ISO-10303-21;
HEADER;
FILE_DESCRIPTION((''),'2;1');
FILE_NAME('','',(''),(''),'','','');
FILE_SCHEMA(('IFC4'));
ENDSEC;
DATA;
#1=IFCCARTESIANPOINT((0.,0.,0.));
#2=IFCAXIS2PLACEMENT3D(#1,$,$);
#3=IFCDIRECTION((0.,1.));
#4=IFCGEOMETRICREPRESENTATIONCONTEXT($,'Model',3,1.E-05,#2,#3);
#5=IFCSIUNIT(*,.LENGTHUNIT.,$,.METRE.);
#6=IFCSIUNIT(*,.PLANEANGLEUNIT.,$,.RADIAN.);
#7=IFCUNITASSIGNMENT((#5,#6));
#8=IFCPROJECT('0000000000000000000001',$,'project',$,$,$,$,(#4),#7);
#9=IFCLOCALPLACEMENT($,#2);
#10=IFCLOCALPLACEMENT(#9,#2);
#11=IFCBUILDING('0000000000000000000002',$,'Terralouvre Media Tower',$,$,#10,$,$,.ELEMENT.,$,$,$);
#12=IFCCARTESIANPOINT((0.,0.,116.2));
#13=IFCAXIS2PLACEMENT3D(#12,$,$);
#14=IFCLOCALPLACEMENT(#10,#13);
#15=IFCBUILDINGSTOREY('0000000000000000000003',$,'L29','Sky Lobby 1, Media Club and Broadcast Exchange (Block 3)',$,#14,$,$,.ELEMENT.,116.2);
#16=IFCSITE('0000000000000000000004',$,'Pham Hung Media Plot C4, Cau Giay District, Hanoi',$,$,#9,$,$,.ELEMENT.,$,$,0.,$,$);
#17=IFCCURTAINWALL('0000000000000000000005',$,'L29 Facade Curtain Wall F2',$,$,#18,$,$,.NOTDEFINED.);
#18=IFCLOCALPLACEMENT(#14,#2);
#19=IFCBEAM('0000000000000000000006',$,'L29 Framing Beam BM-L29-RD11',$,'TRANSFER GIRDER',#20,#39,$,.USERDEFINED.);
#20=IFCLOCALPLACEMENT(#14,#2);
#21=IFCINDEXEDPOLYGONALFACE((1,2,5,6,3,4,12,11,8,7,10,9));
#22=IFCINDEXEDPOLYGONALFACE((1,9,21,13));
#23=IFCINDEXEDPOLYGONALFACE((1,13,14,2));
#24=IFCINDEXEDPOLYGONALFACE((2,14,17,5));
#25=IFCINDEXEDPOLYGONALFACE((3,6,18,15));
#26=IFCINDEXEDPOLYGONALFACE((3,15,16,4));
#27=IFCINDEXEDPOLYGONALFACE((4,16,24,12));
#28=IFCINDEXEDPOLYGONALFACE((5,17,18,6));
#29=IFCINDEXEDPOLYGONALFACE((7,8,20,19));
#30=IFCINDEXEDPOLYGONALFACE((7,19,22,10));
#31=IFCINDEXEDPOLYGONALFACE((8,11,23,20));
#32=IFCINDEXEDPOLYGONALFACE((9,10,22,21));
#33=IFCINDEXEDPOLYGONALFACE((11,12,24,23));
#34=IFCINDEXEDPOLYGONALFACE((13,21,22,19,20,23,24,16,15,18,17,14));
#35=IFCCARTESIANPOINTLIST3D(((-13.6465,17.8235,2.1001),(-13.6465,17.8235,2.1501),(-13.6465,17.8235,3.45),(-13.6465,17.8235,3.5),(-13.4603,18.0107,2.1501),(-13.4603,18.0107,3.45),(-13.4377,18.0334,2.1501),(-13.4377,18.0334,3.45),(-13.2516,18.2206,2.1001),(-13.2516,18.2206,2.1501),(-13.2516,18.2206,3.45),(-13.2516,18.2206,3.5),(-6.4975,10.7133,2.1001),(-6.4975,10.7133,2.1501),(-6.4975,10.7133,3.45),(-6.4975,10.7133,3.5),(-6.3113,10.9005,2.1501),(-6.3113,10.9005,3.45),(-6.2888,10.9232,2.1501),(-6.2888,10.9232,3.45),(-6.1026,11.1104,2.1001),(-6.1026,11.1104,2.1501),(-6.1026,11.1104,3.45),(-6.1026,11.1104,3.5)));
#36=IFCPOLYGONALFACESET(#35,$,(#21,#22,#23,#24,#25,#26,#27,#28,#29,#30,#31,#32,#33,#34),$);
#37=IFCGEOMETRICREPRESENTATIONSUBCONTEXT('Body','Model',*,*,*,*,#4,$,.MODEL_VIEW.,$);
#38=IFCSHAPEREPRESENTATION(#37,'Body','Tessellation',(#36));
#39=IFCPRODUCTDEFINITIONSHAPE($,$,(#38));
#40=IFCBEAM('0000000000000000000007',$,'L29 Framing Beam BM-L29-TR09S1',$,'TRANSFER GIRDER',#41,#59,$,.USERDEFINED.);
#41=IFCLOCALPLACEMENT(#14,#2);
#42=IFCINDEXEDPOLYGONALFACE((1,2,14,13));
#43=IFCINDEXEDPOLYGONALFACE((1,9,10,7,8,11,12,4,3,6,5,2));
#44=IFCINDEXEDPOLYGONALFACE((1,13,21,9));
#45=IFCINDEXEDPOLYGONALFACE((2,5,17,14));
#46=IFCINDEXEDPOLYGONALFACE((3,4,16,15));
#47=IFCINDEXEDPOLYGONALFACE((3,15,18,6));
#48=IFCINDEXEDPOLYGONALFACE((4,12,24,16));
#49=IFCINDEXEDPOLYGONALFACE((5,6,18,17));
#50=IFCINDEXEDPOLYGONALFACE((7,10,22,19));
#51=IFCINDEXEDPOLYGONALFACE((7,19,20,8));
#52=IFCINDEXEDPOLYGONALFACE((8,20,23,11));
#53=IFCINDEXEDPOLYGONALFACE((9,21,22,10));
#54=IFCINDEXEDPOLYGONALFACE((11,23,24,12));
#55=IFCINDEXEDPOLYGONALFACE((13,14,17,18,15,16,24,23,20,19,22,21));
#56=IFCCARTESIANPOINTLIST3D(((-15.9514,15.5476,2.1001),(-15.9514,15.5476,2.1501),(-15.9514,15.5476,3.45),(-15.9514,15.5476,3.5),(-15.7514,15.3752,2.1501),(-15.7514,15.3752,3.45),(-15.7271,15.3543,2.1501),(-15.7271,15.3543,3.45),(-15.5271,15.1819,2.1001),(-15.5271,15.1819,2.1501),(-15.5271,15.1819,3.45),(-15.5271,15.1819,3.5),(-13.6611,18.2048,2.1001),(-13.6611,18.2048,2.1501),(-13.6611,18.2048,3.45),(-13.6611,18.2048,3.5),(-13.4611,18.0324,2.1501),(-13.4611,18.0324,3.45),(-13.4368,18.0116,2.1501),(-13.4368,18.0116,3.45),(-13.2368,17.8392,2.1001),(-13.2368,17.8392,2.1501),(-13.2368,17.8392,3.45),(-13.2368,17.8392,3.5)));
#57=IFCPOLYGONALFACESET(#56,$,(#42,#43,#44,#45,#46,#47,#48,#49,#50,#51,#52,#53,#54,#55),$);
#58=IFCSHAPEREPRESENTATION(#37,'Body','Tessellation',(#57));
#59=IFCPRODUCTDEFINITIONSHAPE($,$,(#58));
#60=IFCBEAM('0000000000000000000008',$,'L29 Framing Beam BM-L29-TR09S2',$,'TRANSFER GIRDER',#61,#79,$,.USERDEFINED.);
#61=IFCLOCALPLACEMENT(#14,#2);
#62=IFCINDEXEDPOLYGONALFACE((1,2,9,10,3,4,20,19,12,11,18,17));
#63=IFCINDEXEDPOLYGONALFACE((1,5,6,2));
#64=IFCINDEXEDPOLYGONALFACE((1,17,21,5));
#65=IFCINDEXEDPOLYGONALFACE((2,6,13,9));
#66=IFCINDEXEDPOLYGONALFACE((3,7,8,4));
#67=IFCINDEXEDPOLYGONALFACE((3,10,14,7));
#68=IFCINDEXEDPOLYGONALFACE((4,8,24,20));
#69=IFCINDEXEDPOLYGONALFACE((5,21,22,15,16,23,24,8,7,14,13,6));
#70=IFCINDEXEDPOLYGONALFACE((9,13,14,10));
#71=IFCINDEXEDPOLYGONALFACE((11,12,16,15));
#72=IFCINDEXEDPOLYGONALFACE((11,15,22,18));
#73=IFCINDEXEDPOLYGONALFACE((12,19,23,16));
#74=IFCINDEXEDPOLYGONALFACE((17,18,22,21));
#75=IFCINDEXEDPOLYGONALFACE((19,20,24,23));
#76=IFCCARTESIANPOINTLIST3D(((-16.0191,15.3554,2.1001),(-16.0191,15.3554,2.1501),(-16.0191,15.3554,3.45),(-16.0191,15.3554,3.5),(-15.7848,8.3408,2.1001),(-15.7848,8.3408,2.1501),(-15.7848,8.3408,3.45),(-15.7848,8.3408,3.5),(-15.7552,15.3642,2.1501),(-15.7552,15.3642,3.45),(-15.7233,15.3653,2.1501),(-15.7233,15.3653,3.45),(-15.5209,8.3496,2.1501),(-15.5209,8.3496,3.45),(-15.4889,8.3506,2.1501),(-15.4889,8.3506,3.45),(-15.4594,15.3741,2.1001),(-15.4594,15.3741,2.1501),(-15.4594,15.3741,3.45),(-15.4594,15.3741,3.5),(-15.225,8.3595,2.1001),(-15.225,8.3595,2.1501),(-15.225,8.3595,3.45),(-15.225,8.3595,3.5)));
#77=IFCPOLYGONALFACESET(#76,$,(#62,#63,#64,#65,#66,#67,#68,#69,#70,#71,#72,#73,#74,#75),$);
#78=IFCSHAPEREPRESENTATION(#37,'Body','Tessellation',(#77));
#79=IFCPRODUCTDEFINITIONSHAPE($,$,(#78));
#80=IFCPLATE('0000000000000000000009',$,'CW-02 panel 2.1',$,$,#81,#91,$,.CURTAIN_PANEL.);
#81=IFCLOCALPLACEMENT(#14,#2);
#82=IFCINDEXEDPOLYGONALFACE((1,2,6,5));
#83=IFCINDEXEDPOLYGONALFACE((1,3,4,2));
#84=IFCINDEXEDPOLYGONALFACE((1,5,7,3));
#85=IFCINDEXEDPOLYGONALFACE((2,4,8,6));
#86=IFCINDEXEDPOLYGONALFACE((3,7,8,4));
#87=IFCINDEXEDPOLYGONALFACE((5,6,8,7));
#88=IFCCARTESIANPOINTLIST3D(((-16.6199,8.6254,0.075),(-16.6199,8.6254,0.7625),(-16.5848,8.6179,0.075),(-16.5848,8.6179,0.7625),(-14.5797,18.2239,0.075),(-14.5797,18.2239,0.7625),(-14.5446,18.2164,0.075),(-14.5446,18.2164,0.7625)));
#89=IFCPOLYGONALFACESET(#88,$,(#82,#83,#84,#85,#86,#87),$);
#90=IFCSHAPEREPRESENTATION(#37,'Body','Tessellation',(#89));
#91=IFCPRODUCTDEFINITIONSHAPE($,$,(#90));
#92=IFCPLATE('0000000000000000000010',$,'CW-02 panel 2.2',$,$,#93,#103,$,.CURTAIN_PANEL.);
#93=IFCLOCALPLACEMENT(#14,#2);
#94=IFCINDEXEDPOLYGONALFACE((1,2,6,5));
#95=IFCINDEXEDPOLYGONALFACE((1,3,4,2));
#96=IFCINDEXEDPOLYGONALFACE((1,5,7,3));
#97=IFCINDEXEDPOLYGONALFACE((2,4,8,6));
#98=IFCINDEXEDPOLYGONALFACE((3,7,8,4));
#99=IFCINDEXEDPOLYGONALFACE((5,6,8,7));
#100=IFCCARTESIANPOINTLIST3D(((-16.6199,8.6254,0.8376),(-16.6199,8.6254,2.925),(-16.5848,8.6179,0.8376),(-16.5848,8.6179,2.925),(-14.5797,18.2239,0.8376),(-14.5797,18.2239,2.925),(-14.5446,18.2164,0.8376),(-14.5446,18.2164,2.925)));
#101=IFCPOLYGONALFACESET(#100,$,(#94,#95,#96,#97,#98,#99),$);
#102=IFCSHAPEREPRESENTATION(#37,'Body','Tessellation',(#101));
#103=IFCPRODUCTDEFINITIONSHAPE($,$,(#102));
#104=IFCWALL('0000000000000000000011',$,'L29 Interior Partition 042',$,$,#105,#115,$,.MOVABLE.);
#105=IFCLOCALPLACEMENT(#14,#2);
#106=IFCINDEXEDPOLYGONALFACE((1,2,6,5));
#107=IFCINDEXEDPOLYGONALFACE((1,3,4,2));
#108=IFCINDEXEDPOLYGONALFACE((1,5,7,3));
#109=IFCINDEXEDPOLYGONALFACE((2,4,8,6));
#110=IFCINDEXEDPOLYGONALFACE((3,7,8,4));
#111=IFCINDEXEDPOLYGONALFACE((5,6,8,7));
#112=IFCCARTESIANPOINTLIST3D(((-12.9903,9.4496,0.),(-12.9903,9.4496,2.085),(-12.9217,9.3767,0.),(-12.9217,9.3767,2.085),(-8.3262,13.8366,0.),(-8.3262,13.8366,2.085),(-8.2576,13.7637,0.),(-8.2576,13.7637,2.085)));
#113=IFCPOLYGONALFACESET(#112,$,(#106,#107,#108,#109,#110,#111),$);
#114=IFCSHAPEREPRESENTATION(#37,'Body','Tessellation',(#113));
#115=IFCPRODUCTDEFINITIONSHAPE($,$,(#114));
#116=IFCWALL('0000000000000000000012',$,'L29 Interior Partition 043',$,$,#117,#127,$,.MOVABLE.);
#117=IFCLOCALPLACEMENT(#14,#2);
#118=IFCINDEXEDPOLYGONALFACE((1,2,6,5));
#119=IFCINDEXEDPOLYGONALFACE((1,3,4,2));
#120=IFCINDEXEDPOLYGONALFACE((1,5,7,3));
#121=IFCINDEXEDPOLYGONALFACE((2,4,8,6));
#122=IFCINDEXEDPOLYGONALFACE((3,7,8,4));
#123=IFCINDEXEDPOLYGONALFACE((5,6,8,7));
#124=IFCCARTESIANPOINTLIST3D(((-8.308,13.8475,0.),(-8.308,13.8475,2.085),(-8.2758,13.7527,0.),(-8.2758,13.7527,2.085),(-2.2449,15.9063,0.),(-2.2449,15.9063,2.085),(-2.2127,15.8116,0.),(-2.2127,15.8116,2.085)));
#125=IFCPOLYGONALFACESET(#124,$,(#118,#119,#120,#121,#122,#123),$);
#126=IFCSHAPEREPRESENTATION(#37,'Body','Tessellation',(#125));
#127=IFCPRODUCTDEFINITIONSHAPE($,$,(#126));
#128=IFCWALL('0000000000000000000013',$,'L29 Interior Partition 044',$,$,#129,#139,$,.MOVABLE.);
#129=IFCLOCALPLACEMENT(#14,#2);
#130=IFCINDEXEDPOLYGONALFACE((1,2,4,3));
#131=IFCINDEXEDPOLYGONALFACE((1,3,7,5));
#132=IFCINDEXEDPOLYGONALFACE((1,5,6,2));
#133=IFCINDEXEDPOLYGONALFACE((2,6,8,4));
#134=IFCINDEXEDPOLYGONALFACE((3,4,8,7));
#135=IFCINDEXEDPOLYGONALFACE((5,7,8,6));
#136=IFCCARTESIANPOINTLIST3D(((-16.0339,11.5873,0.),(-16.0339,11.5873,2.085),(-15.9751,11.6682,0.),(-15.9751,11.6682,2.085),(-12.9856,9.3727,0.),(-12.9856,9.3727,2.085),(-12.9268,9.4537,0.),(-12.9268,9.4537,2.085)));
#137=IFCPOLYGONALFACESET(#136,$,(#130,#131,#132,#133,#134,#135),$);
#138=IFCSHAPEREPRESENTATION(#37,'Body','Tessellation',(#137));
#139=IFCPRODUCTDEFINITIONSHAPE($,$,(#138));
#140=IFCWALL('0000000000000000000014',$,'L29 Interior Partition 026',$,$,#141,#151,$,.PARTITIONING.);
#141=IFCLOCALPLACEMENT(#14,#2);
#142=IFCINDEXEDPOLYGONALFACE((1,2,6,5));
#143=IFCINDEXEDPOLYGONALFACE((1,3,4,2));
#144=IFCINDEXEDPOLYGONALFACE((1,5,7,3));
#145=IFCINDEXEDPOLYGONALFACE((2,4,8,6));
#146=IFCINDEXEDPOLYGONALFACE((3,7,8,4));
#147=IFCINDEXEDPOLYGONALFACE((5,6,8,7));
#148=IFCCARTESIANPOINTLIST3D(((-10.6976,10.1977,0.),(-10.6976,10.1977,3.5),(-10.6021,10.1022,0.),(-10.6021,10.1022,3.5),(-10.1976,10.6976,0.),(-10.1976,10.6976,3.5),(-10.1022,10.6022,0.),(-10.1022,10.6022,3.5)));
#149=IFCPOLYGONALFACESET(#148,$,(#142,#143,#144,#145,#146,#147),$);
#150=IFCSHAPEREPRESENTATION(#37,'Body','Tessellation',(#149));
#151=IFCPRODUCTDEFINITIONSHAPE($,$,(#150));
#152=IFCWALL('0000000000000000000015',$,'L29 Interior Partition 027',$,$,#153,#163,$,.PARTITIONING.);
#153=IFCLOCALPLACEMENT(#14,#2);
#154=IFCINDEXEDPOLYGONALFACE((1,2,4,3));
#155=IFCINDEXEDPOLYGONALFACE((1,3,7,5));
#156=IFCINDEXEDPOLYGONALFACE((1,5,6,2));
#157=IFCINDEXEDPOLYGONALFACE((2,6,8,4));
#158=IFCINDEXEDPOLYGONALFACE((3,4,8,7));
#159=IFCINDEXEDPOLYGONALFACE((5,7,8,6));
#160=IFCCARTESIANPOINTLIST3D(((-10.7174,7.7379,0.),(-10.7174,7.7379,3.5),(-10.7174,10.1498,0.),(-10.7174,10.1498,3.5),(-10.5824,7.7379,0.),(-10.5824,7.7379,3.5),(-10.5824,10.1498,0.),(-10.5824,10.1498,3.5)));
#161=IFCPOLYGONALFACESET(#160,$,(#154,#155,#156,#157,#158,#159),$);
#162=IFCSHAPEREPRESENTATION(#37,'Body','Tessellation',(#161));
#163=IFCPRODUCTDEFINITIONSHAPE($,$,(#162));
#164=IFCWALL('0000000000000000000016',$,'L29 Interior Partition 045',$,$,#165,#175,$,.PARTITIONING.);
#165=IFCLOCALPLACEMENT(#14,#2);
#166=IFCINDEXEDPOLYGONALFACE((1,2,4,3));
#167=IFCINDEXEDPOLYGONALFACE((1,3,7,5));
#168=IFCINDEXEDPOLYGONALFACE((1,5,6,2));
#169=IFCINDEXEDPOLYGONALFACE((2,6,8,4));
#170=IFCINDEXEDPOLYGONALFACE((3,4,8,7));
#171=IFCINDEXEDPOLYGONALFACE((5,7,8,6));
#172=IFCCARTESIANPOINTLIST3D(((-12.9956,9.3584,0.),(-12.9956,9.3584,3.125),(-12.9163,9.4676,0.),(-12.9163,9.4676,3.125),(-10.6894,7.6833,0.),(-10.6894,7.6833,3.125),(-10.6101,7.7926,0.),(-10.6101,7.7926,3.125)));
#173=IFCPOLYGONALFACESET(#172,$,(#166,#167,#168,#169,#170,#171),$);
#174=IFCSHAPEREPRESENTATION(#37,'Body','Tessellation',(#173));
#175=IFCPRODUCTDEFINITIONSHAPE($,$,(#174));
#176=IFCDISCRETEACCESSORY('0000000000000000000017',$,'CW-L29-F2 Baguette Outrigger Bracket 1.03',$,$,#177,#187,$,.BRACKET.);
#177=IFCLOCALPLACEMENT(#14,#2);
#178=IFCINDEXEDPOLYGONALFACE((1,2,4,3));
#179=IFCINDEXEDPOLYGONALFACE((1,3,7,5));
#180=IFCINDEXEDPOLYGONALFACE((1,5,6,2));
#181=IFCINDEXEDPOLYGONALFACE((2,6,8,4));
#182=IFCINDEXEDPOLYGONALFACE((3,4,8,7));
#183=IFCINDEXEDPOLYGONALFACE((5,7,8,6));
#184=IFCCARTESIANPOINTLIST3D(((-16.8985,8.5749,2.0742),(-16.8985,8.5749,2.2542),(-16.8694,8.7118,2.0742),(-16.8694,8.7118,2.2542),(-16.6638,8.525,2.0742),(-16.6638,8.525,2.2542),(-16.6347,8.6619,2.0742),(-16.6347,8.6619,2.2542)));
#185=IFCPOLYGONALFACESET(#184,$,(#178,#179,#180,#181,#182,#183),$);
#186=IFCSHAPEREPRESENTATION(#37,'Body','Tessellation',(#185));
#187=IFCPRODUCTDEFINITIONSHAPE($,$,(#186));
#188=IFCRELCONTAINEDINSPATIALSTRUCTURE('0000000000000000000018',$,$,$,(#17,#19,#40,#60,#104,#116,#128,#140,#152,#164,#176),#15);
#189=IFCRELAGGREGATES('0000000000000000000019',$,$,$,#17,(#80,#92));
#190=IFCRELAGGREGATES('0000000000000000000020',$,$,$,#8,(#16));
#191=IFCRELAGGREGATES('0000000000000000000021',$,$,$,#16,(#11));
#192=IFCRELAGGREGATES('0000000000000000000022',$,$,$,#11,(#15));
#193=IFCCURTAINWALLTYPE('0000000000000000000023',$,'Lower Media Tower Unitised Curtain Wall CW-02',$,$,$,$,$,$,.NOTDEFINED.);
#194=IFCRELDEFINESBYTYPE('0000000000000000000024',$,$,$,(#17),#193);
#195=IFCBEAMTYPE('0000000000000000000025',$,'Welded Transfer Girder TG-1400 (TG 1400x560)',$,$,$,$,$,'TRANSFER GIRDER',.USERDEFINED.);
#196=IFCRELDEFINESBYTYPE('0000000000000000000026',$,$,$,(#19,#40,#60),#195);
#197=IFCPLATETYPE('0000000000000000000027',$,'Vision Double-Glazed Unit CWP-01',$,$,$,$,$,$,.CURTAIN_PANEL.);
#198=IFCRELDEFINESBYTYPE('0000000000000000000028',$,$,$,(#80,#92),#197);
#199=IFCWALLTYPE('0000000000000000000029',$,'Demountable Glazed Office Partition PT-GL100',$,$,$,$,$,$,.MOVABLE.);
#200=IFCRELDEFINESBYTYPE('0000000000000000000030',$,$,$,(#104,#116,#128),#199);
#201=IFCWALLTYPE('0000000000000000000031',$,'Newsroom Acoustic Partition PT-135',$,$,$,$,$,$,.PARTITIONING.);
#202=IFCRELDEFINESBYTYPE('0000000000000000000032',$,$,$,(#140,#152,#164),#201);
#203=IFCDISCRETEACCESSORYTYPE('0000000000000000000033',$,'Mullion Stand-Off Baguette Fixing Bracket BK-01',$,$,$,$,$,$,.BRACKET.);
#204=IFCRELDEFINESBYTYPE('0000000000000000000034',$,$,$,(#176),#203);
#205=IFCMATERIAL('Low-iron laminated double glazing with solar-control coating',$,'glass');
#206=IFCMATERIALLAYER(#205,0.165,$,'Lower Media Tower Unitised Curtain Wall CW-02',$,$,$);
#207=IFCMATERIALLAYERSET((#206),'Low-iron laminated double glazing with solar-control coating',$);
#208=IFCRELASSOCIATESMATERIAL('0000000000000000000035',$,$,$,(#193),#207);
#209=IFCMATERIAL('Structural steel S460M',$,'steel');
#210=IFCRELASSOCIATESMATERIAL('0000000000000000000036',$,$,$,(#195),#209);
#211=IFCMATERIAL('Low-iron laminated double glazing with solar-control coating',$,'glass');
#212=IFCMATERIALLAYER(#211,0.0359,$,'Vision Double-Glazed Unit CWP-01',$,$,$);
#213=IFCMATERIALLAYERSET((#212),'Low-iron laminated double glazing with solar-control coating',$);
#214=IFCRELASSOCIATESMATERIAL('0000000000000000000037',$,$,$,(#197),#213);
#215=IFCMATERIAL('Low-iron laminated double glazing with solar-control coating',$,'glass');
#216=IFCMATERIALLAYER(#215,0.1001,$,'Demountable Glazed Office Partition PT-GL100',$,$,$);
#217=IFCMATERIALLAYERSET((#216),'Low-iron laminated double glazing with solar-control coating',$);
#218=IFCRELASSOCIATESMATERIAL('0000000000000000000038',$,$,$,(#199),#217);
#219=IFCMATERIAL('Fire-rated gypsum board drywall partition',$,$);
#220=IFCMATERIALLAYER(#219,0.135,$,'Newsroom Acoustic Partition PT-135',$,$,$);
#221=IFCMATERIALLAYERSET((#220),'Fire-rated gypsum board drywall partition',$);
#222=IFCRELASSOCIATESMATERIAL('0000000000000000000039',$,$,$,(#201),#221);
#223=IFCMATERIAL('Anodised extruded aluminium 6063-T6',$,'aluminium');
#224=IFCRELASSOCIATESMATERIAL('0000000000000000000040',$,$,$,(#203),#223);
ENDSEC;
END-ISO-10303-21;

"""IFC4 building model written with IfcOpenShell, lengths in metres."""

from ifc_helpers import new_model, si_unit, direction, frame, frame_2d, origin, origin_2d, place, context, subcontext, project, spatial, rectangle, i_section, extrude, material, layer, layer_set, material_profile, profile_set, type_object, element, aggregate, save


model = new_model("IFC4")

# Units and contexts
model_context = context("Model", 3, precision=1e-05, world=origin(), true_north=direction((0.0, 1.0)))
body_context = subcontext(model_context, "Body", "Model", "MODEL_VIEW")
ifc_project = project(units=[si_unit("LENGTHUNIT", "METRE"), si_unit("PLANEANGLEUNIT", "RADIAN")], contexts=[model_context])

# Site, building, storey
site_placement = place(None, origin())
site = spatial("IfcSite", under=ifc_project, at=site_placement, Name="Pham Hung Media Plot C4, Cau Giay District, Hanoi", CompositionType="ELEMENT", RefElevation=0.0)
building_placement = place(site_placement, origin())
building = spatial("IfcBuilding", under=site, at=building_placement, Name="Terralouvre Media Tower", CompositionType="ELEMENT")
storey_placement = place(building_placement, frame((0.0, 0.0, 116.2)))
storey = spatial("IfcBuildingStorey", under=building, at=storey_placement, Name="L29", Description="Sky Lobby 1, Media Club and Broadcast Exchange (Block 3)", CompositionType="ELEMENT", Elevation=116.2)

# Curtain wall
ifc_material_1 = material(Name="Low-iron laminated double glazing with solar-control coating", Category="glass")
ifc_layer_1 = layer(ifc_material_1, 0.165, Name="Lower Media Tower Unitised Curtain Wall CW-02")
ifc_layer_set_1 = layer_set([ifc_layer_1], Name="Low-iron laminated double glazing with solar-control coating")
curtain_wall_type = type_object("IfcCurtainWallType", Name="Lower Media Tower Unitised Curtain Wall CW-02", PredefinedType="NOTDEFINED", material=ifc_layer_set_1)
curtain_wall_placement = place(storey_placement, origin())
curtain_wall = element("IfcCurtainWall", 1, at=curtain_wall_placement, inside=storey, type_object=curtain_wall_type, Name="L29 Facade Curtain Wall F2", PredefinedType="NOTDEFINED")

# Beams
ifc_material_2 = material(Name="Structural steel S460M", Category="steel")
ifc_material_profile_1 = material_profile(ifc_material_2, i_section(OverallWidth=0.5601, OverallDepth=1.3999, WebThickness=0.032, FlangeThickness=0.05, at=origin_2d()), Name="TG 1400x560")
ifc_profile_set_1 = profile_set([ifc_material_profile_1], Name="Structural steel S460M")
beam_type_1 = type_object("IfcBeamType", Name="Welded Transfer Girder TG-1400 (TG 1400x560)", ElementType="TRANSFER GIRDER", PredefinedType="USERDEFINED", material=ifc_profile_set_1)
beam_1_placement = place(storey_placement, frame((-6.3, 10.9119, 2.8), z_axis=(-0.709029, 0.705179, 0.0), x_axis=(-0.705179, -0.709029, 0.0)))
element("IfcBeam", 2, at=beam_1_placement, inside=storey, type_object=beam_type_1, Name="L29 Framing Beam BM-L29-RD11", ObjectType="TRANSFER GIRDER", PredefinedType="USERDEFINED", context=body_context, shape_type="SweptSolid", body=[
    extrude(i_section(OverallWidth=0.5601, OverallDepth=1.3999, WebThickness=0.032, FlangeThickness=0.05, at=origin_2d()), origin(), (0.0, 0.0, 1.0), 10.0828),
])
beam_2_placement = place(storey_placement, frame((-15.7393, 15.3647, 2.8), z_axis=(0.652869, 0.75747, 0.0), x_axis=(-0.75747, 0.652869, 0.0)))
element("IfcBeam", 3, at=beam_2_placement, inside=storey, type_object=beam_type_1, Name="L29 Framing Beam BM-L29-TR09S1", ObjectType="TRANSFER GIRDER", PredefinedType="USERDEFINED", context=body_context, shape_type="SweptSolid", body=[
    extrude(i_section(OverallWidth=0.5601, OverallDepth=1.3999, WebThickness=0.032, FlangeThickness=0.05, at=origin_2d()), origin(), (0.0, 0.0, 1.0), 3.5081),
])
beam_3_placement = place(storey_placement, frame((-15.7393, 15.3647, 2.8), z_axis=(0.033394, -0.999442, 0.0), x_axis=(0.999442, 0.033394, 0.0)))
element("IfcBeam", 4, at=beam_3_placement, inside=storey, type_object=beam_type_1, Name="L29 Framing Beam BM-L29-TR09S2", ObjectType="TRANSFER GIRDER", PredefinedType="USERDEFINED", context=body_context, shape_type="SweptSolid", body=[
    extrude(i_section(OverallWidth=0.5601, OverallDepth=1.3999, WebThickness=0.032, FlangeThickness=0.05, at=origin_2d()), origin(), (0.0, 0.0, 1.0), 7.0186),
])

# Plates
ifc_material_3 = material(Name="Low-iron laminated double glazing with solar-control coating", Category="glass")
ifc_layer_2 = layer(ifc_material_3, 0.0359, Name="Vision Double-Glazed Unit CWP-01")
ifc_layer_set_2 = layer_set([ifc_layer_2], Name="Low-iron laminated double glazing with solar-control coating")
plate_type = type_object("IfcPlateType", Name="Vision Double-Glazed Unit CWP-01", PredefinedType="CURTAIN_PANEL", material=ifc_layer_set_2)
plate_1_placement = place(storey_placement, frame((-15.5823, 13.4209, 0.075), z_axis=(0.0, 0.0, 1.0), x_axis=(-0.207912, -0.978148, 0.0)))
plate_1 = element("IfcPlate", 5, at=plate_1_placement, type_object=plate_type, Name="CW-02 panel 2.1", PredefinedType="CURTAIN_PANEL", context=body_context, shape_type="SweptSolid", body=[
    extrude(rectangle(XDim=9.813, YDim=0.0359, at=origin_2d()), origin(), (0.0, 0.0, 1.0), 0.6875),
])
plate_2_placement = place(storey_placement, frame((-15.5823, 13.4209, 0.8376), z_axis=(0.0, 0.0, 1.0), x_axis=(-0.207912, -0.978148, 0.0)))
plate_2 = element("IfcPlate", 6, at=plate_2_placement, type_object=plate_type, Name="CW-02 panel 2.2", PredefinedType="CURTAIN_PANEL", context=body_context, shape_type="SweptSolid", body=[
    extrude(rectangle(XDim=9.813, YDim=0.0359, at=origin_2d()), origin(), (0.0, 0.0, 1.0), 2.0874),
])
aggregate(curtain_wall, [plate_1, plate_2])

# Walls
ifc_material_4 = material(Name="Low-iron laminated double glazing with solar-control coating", Category="glass")
ifc_layer_3 = layer(ifc_material_4, 0.1001, Name="Demountable Glazed Office Partition PT-GL100")
ifc_layer_set_3 = layer_set([ifc_layer_3], Name="Low-iron laminated double glazing with solar-control coating")
wall_type_1 = type_object("IfcWallType", Name="Demountable Glazed Office Partition PT-GL100", PredefinedType="MOVABLE", material=ifc_layer_set_3)
for number, where, z_axis, x_axis, name in (
    (7, (-12.9561, 9.4131, 0.0), (0.0, 0.0, 1.0), (0.728414, 0.685138, 0.0), "L29 Interior Partition 042"),
    (8, (-8.292, 13.8, 0.0), (0.0, 0.0, 1.0), (0.946895, 0.321542, 0.0), "L29 Interior Partition 043"),
):
    element("IfcWall", number, at=place(storey_placement, frame(where, z_axis=z_axis, x_axis=x_axis)), inside=storey, type_object=wall_type_1, Name=name, PredefinedType="MOVABLE", context=body_context, shape_type="SweptSolid", body=[
        extrude(rectangle(XDim=6.4031, YDim=0.1001, at=frame_2d((3.2017, 0.0))), origin(), (0.0, 0.0, 1.0), 2.085),
    ])
wall_1_placement = place(storey_placement, frame((-16.0044, 11.6277, 0.0), z_axis=(0.0, 0.0, 1.0), x_axis=(0.809036, -0.587759, 0.0)))
element("IfcWall", 9, at=wall_1_placement, inside=storey, type_object=wall_type_1, Name="L29 Interior Partition 044", PredefinedType="MOVABLE", context=body_context, shape_type="SweptSolid", body=[
    extrude(rectangle(XDim=3.7678, YDim=0.1001, at=frame_2d((1.8838, 0.0))), origin(), (0.0, 0.0, 1.0), 2.085),
])
ifc_material_5 = material(Name="Fire-rated gypsum board drywall partition")
ifc_layer_4 = layer(ifc_material_5, 0.135, Name="Newsroom Acoustic Partition PT-135")
ifc_layer_set_4 = layer_set([ifc_layer_4], Name="Fire-rated gypsum board drywall partition")
wall_type_2 = type_object("IfcWallType", Name="Newsroom Acoustic Partition PT-135", PredefinedType="PARTITIONING", material=ifc_layer_set_4)
wall_2_placement = place(storey_placement, frame((-10.1499, 10.6499, 0.0), z_axis=(0.0, 0.0, 1.0), x_axis=(-0.707107, -0.707107, 0.0)))
element("IfcWall", 10, at=wall_2_placement, inside=storey, type_object=wall_type_2, Name="L29 Interior Partition 026", PredefinedType="PARTITIONING", context=body_context, shape_type="SweptSolid", body=[
    extrude(rectangle(XDim=0.707, YDim=0.135, at=frame_2d((0.3535, 0.0))), origin(), (0.0, 0.0, 1.0), 3.5),
])
wall_3_placement = place(storey_placement, frame((-10.6499, 10.1499, 0.0), z_axis=(0.0, 0.0, 1.0), x_axis=(0.0, -1.0, 0.0)))
element("IfcWall", 11, at=wall_3_placement, inside=storey, type_object=wall_type_2, Name="L29 Interior Partition 027", PredefinedType="PARTITIONING", context=body_context, shape_type="SweptSolid", body=[
    extrude(rectangle(XDim=2.4119, YDim=0.135, at=frame_2d((1.2061, 0.0))), origin(), (0.0, 0.0, 1.0), 3.5),
])
wall_4_placement = place(storey_placement, frame((-12.9561, 9.4131, 0.0), z_axis=(0.0, 0.0, 1.0), x_axis=(0.809095, -0.587678, 0.0)))
element("IfcWall", 12, at=wall_4_placement, inside=storey, type_object=wall_type_2, Name="L29 Interior Partition 045", PredefinedType="PARTITIONING", context=body_context, shape_type="SweptSolid", body=[
    extrude(rectangle(XDim=2.8503, YDim=0.135, at=frame_2d((1.4253, 0.0))), origin(), (0.0, 0.0, 1.0), 3.125),
])

# Discrete accessory
ifc_material_6 = material(Name="Anodised extruded aluminium 6063-T6", Category="aluminium")
discrete_accessory_type = type_object("IfcDiscreteAccessoryType", Name="Mullion Stand-Off Baguette Fixing Bracket BK-01", PredefinedType="BRACKET", material=ifc_material_6)
discrete_accessory_placement = place(storey_placement, frame((-16.7666, 8.6184, 2.0742), z_axis=(0.0, 0.0, 1.0), x_axis=(-0.207912, -0.978148, 0.0)))
element("IfcDiscreteAccessory", 13, at=discrete_accessory_placement, inside=storey, type_object=discrete_accessory_type, Name="CW-L29-F2 Baguette Outrigger Bracket 1.03", PredefinedType="BRACKET", context=body_context, shape_type="SweptSolid", body=[
    extrude(rectangle(XDim=0.1399, YDim=0.24, at=origin_2d()), origin(), (0.0, 0.0, 1.0), 0.1799),
])

save(model, "model.ifc")
